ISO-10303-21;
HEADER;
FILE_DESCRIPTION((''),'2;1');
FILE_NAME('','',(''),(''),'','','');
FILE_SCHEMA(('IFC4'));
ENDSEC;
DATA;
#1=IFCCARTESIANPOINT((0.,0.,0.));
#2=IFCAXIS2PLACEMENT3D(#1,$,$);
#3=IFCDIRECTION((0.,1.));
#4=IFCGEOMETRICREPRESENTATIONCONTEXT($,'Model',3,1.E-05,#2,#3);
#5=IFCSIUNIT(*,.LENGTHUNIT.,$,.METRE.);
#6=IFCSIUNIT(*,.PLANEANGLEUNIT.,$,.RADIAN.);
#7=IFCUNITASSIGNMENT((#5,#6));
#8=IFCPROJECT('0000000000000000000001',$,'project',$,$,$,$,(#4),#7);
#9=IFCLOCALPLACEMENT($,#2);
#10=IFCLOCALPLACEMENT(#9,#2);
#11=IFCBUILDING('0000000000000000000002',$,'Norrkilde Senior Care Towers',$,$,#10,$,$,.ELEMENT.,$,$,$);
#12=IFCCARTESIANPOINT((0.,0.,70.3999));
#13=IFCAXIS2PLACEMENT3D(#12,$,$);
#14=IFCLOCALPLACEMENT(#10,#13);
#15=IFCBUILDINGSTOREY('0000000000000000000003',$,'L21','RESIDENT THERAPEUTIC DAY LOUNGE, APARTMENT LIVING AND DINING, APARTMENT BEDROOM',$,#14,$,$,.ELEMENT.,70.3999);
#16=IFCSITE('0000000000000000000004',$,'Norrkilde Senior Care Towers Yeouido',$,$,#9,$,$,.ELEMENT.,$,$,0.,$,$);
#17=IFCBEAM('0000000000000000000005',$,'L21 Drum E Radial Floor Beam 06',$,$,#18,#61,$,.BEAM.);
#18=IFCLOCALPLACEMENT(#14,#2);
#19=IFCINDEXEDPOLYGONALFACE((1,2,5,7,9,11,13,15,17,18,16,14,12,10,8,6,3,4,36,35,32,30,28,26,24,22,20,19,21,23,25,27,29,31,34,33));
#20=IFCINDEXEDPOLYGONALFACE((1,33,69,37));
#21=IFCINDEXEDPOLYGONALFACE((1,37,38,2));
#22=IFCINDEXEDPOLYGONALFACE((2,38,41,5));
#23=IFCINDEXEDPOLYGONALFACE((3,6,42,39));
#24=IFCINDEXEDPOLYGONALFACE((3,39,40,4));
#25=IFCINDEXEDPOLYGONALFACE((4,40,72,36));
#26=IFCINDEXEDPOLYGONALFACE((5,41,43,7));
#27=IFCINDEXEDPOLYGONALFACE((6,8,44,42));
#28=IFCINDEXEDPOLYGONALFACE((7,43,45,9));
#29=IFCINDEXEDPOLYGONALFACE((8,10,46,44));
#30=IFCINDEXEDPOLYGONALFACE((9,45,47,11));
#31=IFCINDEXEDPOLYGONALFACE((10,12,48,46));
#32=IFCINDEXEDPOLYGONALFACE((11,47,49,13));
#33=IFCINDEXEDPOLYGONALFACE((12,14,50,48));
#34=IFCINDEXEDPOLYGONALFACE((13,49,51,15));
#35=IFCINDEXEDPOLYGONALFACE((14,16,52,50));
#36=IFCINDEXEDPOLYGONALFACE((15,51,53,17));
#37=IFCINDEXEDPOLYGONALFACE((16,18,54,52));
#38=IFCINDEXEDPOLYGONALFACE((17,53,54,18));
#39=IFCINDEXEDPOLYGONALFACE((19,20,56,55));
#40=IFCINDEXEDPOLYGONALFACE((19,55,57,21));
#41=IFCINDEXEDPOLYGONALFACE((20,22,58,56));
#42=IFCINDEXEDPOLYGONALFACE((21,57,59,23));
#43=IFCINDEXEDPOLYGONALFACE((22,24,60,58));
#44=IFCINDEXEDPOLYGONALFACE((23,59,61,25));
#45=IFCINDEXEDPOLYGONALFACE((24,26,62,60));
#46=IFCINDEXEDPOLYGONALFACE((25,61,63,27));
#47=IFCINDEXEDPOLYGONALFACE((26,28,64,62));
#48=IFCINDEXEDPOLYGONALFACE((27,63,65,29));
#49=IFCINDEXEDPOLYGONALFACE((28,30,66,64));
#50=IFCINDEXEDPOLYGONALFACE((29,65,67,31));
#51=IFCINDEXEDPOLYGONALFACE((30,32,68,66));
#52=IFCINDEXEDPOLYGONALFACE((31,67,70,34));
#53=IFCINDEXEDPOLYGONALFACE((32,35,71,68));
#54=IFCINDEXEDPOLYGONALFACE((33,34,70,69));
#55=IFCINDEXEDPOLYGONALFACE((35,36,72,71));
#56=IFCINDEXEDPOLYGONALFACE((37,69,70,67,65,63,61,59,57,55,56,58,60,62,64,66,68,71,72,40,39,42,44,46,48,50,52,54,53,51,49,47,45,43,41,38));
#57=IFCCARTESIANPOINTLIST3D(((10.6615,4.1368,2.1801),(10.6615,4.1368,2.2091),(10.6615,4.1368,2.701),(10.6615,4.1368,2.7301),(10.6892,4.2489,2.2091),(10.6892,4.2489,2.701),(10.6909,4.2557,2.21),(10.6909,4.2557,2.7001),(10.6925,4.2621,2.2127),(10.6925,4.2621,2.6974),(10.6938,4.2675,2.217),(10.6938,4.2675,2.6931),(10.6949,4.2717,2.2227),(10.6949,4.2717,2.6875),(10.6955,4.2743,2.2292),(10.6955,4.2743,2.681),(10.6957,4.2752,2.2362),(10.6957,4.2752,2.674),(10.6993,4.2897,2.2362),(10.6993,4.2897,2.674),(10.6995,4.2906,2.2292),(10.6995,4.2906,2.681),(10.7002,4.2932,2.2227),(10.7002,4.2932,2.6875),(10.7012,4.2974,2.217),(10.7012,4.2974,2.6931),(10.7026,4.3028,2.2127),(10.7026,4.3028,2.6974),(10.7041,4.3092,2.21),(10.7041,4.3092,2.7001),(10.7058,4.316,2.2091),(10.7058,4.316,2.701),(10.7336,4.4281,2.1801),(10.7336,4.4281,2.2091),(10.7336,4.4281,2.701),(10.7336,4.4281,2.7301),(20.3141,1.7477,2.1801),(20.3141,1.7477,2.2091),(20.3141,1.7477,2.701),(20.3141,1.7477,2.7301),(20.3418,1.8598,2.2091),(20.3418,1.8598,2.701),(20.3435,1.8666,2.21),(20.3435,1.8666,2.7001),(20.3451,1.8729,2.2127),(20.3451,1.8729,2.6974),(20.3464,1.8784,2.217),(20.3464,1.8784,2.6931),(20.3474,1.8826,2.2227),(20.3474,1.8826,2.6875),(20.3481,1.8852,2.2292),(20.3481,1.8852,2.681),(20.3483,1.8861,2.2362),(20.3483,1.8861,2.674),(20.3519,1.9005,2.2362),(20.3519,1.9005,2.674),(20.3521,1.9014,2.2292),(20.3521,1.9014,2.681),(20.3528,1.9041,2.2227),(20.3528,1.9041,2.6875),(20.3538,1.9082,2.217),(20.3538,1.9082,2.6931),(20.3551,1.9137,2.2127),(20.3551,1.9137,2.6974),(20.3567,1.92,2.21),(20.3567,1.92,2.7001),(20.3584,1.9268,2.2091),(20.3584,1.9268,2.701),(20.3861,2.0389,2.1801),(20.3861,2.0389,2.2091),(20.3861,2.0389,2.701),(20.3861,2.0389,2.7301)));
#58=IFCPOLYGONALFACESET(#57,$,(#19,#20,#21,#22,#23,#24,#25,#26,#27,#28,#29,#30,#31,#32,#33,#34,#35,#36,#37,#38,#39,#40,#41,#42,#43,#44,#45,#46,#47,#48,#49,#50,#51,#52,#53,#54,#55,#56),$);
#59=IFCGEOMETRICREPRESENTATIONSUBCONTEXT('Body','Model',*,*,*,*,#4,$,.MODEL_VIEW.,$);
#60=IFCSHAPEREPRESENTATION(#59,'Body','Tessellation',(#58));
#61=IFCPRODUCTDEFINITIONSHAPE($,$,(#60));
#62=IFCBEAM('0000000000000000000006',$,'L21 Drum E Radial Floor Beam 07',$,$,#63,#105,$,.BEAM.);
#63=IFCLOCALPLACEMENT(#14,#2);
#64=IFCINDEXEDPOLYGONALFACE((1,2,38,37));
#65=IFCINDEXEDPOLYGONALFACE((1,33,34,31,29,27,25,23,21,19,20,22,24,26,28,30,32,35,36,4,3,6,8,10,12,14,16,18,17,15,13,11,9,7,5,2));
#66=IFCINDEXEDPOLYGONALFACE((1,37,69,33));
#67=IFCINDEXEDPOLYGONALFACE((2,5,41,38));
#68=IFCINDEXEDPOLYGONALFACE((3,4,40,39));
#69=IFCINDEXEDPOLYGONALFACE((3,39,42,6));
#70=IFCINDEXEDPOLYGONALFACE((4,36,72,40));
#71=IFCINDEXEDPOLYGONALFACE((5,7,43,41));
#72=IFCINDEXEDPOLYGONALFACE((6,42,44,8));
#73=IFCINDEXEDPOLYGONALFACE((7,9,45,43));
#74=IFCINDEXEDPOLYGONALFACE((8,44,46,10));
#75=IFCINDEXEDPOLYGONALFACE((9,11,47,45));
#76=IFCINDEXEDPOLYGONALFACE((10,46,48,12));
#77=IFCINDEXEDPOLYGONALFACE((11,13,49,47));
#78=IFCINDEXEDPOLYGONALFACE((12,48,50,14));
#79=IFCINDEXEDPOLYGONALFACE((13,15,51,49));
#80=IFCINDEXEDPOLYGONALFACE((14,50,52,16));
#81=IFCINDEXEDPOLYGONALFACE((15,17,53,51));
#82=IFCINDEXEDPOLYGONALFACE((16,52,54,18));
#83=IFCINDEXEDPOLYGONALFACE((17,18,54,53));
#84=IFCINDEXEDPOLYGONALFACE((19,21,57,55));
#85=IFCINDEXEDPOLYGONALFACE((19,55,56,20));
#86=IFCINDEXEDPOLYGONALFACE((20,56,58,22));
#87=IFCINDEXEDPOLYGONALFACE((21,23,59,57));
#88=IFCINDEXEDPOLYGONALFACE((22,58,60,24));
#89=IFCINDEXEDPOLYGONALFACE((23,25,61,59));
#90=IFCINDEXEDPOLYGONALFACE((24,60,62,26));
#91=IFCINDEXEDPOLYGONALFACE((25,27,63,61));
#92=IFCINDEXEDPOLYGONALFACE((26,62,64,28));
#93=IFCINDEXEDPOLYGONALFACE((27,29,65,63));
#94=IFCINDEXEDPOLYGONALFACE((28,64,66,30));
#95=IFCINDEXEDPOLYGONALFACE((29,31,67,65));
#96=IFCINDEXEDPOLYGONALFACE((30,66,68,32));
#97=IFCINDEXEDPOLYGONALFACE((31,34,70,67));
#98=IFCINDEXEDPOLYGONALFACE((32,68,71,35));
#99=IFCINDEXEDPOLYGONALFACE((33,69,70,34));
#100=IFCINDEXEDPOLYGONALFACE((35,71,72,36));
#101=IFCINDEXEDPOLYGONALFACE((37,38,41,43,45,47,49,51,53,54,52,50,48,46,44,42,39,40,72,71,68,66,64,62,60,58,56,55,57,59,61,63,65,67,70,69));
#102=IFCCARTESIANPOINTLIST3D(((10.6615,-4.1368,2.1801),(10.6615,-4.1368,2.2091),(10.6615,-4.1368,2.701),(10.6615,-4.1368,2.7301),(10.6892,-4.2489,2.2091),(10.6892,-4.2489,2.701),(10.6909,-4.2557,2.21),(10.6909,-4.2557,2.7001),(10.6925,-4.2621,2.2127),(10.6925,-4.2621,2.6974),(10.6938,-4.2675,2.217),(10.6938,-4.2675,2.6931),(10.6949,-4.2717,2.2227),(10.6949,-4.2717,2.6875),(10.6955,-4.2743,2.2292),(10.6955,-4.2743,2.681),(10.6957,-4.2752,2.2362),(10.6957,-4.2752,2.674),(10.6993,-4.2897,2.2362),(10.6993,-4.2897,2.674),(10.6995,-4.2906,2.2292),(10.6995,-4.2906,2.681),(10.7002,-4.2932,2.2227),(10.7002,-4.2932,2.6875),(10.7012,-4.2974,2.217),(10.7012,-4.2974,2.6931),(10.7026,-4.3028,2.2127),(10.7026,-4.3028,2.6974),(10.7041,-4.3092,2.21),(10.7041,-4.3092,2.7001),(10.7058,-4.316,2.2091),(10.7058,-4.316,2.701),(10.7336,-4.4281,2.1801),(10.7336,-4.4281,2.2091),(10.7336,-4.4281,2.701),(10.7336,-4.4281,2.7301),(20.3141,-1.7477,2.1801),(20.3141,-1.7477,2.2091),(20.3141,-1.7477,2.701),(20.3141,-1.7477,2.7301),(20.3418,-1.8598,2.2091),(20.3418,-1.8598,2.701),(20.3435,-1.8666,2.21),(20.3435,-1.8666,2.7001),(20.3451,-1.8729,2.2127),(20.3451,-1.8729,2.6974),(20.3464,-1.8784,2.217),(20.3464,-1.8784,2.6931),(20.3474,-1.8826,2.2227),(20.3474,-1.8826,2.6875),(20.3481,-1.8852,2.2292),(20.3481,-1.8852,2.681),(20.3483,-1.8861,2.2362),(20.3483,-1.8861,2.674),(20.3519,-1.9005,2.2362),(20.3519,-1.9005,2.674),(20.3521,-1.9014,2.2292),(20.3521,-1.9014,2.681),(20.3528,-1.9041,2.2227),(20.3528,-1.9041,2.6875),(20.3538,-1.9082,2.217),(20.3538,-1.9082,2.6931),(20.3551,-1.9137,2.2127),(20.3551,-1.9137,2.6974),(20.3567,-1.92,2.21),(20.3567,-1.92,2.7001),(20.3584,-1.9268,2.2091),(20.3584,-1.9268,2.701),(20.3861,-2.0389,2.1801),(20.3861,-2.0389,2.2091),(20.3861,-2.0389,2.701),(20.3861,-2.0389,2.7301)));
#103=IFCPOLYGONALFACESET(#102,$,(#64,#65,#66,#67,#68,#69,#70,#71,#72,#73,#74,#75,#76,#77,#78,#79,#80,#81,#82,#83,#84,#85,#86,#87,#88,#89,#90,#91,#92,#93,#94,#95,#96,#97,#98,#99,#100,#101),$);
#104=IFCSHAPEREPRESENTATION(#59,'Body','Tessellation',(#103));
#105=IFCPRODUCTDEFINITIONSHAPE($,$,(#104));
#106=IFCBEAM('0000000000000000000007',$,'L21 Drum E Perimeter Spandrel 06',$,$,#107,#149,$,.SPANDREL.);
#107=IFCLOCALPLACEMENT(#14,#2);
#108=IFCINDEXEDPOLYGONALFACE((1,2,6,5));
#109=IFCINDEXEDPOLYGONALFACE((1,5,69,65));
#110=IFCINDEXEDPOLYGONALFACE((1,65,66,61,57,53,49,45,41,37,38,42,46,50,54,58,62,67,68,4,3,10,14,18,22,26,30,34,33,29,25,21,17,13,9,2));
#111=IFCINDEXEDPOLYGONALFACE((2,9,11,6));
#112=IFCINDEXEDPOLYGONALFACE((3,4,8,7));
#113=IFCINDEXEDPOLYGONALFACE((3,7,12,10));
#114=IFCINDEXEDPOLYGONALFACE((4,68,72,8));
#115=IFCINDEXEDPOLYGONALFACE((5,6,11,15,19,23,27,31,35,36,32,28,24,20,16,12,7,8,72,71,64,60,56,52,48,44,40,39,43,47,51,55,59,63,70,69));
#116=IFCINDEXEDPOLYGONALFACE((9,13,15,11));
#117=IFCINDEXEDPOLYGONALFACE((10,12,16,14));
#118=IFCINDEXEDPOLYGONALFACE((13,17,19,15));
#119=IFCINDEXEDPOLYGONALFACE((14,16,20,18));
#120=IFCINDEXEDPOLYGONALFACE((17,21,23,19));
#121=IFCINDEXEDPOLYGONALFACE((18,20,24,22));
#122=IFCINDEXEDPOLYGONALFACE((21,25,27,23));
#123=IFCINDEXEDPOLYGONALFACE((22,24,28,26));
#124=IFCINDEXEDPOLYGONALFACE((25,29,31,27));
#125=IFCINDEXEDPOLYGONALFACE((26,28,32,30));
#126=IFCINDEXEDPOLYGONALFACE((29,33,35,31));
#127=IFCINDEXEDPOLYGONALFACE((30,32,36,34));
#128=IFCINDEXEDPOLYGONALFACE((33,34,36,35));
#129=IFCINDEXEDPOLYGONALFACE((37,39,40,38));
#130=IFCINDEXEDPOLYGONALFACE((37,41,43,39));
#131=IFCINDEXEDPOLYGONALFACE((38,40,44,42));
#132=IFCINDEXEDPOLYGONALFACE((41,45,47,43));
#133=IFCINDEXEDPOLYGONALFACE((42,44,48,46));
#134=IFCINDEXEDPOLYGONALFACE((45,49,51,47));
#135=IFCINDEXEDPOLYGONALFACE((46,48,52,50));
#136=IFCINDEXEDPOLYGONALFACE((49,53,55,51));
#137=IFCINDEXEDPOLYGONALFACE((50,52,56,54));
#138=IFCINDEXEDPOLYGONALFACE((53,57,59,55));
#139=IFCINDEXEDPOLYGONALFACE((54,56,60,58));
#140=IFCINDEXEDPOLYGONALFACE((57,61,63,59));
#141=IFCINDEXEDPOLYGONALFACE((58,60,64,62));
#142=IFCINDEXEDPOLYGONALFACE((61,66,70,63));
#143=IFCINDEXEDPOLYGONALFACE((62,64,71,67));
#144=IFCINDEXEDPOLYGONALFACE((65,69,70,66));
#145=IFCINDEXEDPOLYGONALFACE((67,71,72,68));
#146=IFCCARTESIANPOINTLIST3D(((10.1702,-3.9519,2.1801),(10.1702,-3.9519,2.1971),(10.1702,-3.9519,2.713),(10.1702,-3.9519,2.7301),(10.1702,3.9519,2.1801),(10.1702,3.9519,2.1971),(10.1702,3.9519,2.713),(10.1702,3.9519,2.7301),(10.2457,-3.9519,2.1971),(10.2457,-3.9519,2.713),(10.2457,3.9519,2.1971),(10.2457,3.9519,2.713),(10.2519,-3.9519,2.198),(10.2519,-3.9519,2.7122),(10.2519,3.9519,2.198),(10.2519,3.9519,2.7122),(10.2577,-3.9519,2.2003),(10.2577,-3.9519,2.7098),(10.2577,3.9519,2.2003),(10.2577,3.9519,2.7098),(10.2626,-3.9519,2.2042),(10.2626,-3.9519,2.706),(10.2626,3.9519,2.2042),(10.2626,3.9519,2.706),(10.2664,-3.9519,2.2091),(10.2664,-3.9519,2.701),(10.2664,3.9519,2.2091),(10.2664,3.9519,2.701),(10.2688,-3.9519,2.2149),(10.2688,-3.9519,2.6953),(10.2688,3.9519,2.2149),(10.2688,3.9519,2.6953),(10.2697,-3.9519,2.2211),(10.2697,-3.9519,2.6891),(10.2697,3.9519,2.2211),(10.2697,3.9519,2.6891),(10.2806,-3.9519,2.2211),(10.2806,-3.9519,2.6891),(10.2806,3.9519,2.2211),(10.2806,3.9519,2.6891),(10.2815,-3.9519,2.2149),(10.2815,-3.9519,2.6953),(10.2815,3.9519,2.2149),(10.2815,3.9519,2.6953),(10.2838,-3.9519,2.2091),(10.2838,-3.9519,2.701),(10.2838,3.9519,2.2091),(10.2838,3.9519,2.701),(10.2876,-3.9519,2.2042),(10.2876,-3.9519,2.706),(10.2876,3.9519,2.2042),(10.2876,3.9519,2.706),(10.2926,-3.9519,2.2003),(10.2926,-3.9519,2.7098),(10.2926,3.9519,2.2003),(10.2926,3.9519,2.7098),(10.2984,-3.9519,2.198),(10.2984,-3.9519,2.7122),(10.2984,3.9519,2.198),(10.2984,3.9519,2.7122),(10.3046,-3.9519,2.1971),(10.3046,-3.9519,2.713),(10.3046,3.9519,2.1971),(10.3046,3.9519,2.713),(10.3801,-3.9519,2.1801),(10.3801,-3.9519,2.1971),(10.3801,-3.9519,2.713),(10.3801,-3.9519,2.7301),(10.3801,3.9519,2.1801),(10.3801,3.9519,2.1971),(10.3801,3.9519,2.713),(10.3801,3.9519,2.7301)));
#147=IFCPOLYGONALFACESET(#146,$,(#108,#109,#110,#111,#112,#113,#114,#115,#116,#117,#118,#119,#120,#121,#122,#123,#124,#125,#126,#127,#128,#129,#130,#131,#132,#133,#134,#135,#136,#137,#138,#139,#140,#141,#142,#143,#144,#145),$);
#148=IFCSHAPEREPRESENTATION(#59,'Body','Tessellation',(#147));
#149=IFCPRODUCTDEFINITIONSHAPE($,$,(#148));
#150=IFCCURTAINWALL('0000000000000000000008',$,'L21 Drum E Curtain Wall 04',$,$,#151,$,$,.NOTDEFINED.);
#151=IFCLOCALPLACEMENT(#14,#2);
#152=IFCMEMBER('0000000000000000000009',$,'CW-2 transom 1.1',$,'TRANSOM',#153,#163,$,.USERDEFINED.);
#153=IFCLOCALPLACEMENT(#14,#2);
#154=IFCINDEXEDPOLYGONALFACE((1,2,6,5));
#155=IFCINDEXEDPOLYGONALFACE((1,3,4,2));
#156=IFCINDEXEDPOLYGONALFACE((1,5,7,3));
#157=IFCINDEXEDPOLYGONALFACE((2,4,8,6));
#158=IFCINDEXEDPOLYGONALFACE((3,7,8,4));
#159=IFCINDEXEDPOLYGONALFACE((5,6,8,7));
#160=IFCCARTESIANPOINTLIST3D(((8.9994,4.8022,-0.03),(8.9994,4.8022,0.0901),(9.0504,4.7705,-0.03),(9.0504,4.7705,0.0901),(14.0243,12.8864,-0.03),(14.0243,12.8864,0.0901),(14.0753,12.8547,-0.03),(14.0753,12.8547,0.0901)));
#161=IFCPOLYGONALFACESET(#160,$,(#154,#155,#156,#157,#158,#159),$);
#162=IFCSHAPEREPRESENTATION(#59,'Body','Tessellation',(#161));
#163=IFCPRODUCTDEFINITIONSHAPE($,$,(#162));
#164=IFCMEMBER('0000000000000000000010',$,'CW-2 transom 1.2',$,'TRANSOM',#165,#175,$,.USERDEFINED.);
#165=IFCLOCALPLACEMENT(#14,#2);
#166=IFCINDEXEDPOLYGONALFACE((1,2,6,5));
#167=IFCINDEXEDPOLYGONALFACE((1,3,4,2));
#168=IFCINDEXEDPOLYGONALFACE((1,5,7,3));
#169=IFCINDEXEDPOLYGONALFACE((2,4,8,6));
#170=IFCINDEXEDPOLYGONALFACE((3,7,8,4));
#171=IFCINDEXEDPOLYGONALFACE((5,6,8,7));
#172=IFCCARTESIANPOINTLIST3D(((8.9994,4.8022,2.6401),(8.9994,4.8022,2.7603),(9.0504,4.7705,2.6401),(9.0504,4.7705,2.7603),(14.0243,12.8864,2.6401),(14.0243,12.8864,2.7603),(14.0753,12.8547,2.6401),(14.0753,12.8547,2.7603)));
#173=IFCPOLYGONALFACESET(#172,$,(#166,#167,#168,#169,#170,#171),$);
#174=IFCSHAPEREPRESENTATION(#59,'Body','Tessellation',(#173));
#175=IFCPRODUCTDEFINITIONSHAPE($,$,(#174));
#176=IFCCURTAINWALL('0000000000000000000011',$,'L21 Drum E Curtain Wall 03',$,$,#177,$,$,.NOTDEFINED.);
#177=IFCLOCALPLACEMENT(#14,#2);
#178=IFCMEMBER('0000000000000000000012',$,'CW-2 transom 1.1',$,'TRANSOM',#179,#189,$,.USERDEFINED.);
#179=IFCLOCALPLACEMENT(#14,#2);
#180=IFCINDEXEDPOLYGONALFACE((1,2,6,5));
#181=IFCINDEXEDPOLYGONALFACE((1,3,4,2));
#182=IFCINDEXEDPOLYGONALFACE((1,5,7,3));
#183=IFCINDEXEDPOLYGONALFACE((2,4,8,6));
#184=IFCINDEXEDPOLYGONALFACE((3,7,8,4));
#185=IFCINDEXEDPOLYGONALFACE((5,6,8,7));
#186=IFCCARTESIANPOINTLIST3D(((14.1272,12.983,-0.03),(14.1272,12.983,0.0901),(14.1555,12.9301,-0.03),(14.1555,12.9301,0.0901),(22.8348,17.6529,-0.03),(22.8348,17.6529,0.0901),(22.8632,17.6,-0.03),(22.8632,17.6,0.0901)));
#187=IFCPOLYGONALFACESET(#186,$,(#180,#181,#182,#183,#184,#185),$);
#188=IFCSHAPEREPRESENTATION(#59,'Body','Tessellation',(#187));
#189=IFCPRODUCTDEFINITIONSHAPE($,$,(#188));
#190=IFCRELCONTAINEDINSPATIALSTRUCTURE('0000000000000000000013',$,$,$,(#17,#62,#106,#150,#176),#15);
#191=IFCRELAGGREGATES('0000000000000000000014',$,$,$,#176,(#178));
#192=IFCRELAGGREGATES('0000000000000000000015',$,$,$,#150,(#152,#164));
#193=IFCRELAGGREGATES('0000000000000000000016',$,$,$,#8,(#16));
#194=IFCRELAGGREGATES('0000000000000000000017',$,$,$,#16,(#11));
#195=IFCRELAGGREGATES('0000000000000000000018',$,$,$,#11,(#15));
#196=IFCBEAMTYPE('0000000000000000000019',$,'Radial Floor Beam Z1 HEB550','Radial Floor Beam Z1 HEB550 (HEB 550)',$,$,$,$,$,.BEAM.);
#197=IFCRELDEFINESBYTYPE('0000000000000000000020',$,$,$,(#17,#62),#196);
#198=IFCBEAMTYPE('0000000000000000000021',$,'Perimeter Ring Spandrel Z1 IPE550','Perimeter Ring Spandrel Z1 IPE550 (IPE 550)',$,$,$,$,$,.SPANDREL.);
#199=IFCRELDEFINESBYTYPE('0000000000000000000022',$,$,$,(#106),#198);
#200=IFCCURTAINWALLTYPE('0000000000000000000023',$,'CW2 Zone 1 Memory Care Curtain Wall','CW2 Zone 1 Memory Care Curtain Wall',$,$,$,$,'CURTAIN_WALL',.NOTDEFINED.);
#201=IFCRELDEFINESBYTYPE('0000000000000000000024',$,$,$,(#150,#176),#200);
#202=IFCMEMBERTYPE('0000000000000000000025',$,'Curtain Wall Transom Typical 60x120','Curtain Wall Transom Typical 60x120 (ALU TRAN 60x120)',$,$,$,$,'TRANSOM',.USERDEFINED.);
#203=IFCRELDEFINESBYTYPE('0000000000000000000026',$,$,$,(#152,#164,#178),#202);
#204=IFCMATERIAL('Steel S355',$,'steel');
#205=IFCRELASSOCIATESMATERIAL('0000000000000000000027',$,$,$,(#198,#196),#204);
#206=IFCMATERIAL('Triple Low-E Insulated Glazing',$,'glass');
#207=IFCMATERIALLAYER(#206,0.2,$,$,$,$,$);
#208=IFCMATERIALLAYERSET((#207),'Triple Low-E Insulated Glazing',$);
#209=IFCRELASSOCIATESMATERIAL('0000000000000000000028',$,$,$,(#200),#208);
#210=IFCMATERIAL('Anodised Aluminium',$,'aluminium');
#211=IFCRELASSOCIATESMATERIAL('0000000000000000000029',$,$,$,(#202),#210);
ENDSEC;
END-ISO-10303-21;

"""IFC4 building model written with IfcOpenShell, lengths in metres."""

from ifc_helpers import new_model, si_unit, direction, frame, origin, origin_2d, place, context, subcontext, project, spatial, rectangle, i_section, extrude, source, transform, mapped, material, layer, layer_set, material_profile, profile_set, type_object, type_shapes, element, aggregate, save


model = new_model("IFC4")

# Units and contexts
model_context = context("Model", 3, precision=1e-05, world=origin(), true_north=direction((0.0, 1.0)))
body_context = subcontext(model_context, "Body", "Model", "MODEL_VIEW")
ifc_project = project(units=[si_unit("LENGTHUNIT", "METRE"), si_unit("PLANEANGLEUNIT", "RADIAN")], contexts=[model_context])

# Site, building, storey
site_placement = place(None, origin())
site = spatial("IfcSite", under=ifc_project, at=site_placement, Name="Norrkilde Senior Care Towers Yeouido", CompositionType="ELEMENT", RefElevation=0.0)
building_placement = place(site_placement, origin())
building = spatial("IfcBuilding", under=site, at=building_placement, Name="Norrkilde Senior Care Towers", CompositionType="ELEMENT")
storey_placement = place(building_placement, frame((0.0, 0.0, 70.3999)))
storey = spatial("IfcBuildingStorey", under=building, at=storey_placement, Name="L21", Description="RESIDENT THERAPEUTIC DAY LOUNGE, APARTMENT LIVING AND DINING, APARTMENT BEDROOM", CompositionType="ELEMENT", Elevation=70.3999)

# Beams
ifc_material_1 = material(Name="Steel S355", Category="steel")
ifc_material_profile_1 = material_profile(ifc_material_1, i_section(OverallWidth=0.21, OverallDepth=0.55, WebThickness=0.011, FlangeThickness=0.0171, FilletRadius=0.0239, at=origin_2d()), Name="IPE 550")
ifc_profile_set_1 = profile_set([ifc_material_profile_1], Name="Steel S355")
beam_type_1 = type_object("IfcBeamType", Name="Perimeter Ring Spandrel Z1 IPE550", Description="Perimeter Ring Spandrel Z1 IPE550 (IPE 550)", PredefinedType="SPANDREL", material=ifc_profile_set_1)
ifc_material_profile_2 = material_profile(ifc_material_1, i_section(OverallWidth=0.3, OverallDepth=0.55, WebThickness=0.0149, FlangeThickness=0.0291, FilletRadius=0.0271, at=origin_2d()), Name="HEB 550")
ifc_profile_set_2 = profile_set([ifc_material_profile_2], Name="Steel S355")
beam_type_2 = type_object("IfcBeamType", Name="Radial Floor Beam Z1 HEB550", Description="Radial Floor Beam Z1 HEB550 (HEB 550)", PredefinedType="BEAM", material=ifc_profile_set_2)
shared_shape_1 = source(origin(), body_context, "Body", "SweptSolid", [
    extrude(i_section(OverallWidth=0.3, OverallDepth=0.55, WebThickness=0.0149, FlangeThickness=0.0291, FilletRadius=0.0271, at=origin_2d()), origin(), (0.0, 0.0, 1.0), 9.9438),
])
type_shapes(beam_type_2, [shared_shape_1])
for number, where, z_axis, x_axis, name in (
    (1, (20.3501, 1.8933, 2.4551), (-0.970707, 0.240265, 0.0), (-0.240265, -0.970707, 0.0), "L21 Drum E Radial Floor Beam 06"),
    (2, (20.3501, -1.8933, 2.4551), (-0.970707, -0.240265, 0.0), (0.240265, -0.970707, 0.0), "L21 Drum E Radial Floor Beam 07"),
):
    element("IfcBeam", number, at=place(storey_placement, frame(where, z_axis=z_axis, x_axis=x_axis)), inside=storey, type_object=beam_type_2, Name=name, PredefinedType="BEAM", context=body_context, shape_type="MappedRepresentation", body=[
        mapped(shared_shape_1, transform((0.0, 0.0, 0.0), x_axis=(1.0, 0.0, 0.0), y_axis=(0.0, 1.0, 0.0), z_axis=(0.0, 0.0, 1.0), scale=1.0)),
    ])
shared_shape_2 = source(origin(), body_context, "Body", "SweptSolid", [
    extrude(i_section(OverallWidth=0.21, OverallDepth=0.55, WebThickness=0.011, FlangeThickness=0.0171, FilletRadius=0.0239, at=origin_2d()), origin(), (0.0, 0.0, 1.0), 7.9038),
])
beam_1_placement = place(storey_placement, frame((10.2751, 3.9519, 2.4551), z_axis=(0.0, -1.0, 0.0), x_axis=(1.0, 0.0, 0.0)))
element("IfcBeam", 3, at=beam_1_placement, inside=storey, type_object=beam_type_1, Name="L21 Drum E Perimeter Spandrel 06", PredefinedType="SPANDREL", context=body_context, shape_type="MappedRepresentation", body=[
    mapped(shared_shape_2, transform((0.0, 0.0, 0.0), x_axis=(1.0, 0.0, 0.0), y_axis=(0.0, 1.0, 0.0), z_axis=(0.0, 0.0, 1.0), scale=1.0)),
])

# Curtain walls, members
ifc_material_2 = material(Name="Triple Low-E Insulated Glazing", Category="glass")
ifc_layer_1 = layer(ifc_material_2, 0.2)
ifc_layer_set_1 = layer_set([ifc_layer_1], Name="Triple Low-E Insulated Glazing")
curtain_wall_type = type_object("IfcCurtainWallType", Name="CW2 Zone 1 Memory Care Curtain Wall", Description="CW2 Zone 1 Memory Care Curtain Wall", ElementType="CURTAIN_WALL", PredefinedType="NOTDEFINED", material=ifc_layer_set_1)
curtain_wall_1_placement = place(storey_placement, origin())
curtain_wall_1 = element("IfcCurtainWall", 4, at=curtain_wall_1_placement, inside=storey, type_object=curtain_wall_type, Name="L21 Drum E Curtain Wall 04", PredefinedType="NOTDEFINED")
ifc_material_3 = material(Name="Anodised Aluminium", Category="aluminium")
ifc_material_profile_3 = material_profile(ifc_material_3, rectangle(XDim=0.0601, YDim=0.1201, at=origin_2d()), Name="ALU TRAN 60x120")
ifc_profile_set_3 = profile_set([ifc_material_profile_3], Name="Anodised Aluminium")
member_type_1 = type_object("IfcMemberType", Name="Curtain Wall Transom Typical 60x120", Description="Curtain Wall Transom Typical 60x120 (ALU TRAN 60x120)", ElementType="TRANSOM", PredefinedType="USERDEFINED", material=ifc_profile_set_3)
shared_shape_3 = source(origin(), body_context, "Body", "SweptSolid", [
    extrude(rectangle(XDim=0.0601, YDim=0.1201, at=origin_2d()), origin(), (0.0, 0.0, 1.0), 9.5186),
])
member_1_placement = place(storey_placement, frame((9.0249, 4.7864, 0.03), z_axis=(0.527902, 0.849306, 0.0), x_axis=(-0.849306, 0.527902, 0.0)))
member_1 = element("IfcMember", 5, at=member_1_placement, type_object=member_type_1, Name="CW-2 transom 1.1", ObjectType="TRANSOM", PredefinedType="USERDEFINED", context=body_context, shape_type="MappedRepresentation", body=[
    mapped(shared_shape_3, transform((0.0, 0.0, 0.0), x_axis=(1.0, 0.0, 0.0), y_axis=(0.0, 1.0, 0.0), z_axis=(0.0, 0.0, 1.0), scale=1.0)),
])
member_2_placement = place(storey_placement, frame((9.0249, 4.7864, 2.7002), z_axis=(0.527902, 0.849306, 0.0), x_axis=(-0.849306, 0.527902, 0.0)))
member_2 = element("IfcMember", 6, at=member_2_placement, type_object=member_type_1, Name="CW-2 transom 1.2", ObjectType="TRANSOM", PredefinedType="USERDEFINED", context=body_context, shape_type="MappedRepresentation", body=[
    mapped(shared_shape_3, transform((0.0, 0.0, 0.0), x_axis=(1.0, 0.0, 0.0), y_axis=(0.0, 1.0, 0.0), z_axis=(0.0, 0.0, 1.0), scale=1.0)),
])
curtain_wall_2_placement = place(storey_placement, origin())
curtain_wall_2 = element("IfcCurtainWall", 7, at=curtain_wall_2_placement, inside=storey, type_object=curtain_wall_type, Name="L21 Drum E Curtain Wall 03", PredefinedType="NOTDEFINED")
shared_shape_4 = source(origin(), body_context, "Body", "SweptSolid", [
    extrude(rectangle(XDim=0.0601, YDim=0.1201, at=origin_2d()), origin(), (0.0, 0.0, 1.0), 9.8809),
])
type_shapes(member_type_1, [shared_shape_3, shared_shape_4])
member_3_placement = place(storey_placement, frame((14.1414, 12.9565, 0.03), z_axis=(0.881267, 0.472618, 0.0), x_axis=(-0.472618, 0.881267, 0.0)))
member_3 = element("IfcMember", 8, at=member_3_placement, type_object=member_type_1, Name="CW-2 transom 1.1", ObjectType="TRANSOM", PredefinedType="USERDEFINED", context=body_context, shape_type="MappedRepresentation", body=[
    mapped(shared_shape_4, transform((0.0, 0.0, 0.0), x_axis=(1.0, 0.0, 0.0), y_axis=(0.0, 1.0, 0.0), z_axis=(0.0, 0.0, 1.0), scale=1.0)),
])

aggregate(curtain_wall_2, [member_3])
aggregate(curtain_wall_1, [member_1, member_2])

save(model, "model.ifc")
